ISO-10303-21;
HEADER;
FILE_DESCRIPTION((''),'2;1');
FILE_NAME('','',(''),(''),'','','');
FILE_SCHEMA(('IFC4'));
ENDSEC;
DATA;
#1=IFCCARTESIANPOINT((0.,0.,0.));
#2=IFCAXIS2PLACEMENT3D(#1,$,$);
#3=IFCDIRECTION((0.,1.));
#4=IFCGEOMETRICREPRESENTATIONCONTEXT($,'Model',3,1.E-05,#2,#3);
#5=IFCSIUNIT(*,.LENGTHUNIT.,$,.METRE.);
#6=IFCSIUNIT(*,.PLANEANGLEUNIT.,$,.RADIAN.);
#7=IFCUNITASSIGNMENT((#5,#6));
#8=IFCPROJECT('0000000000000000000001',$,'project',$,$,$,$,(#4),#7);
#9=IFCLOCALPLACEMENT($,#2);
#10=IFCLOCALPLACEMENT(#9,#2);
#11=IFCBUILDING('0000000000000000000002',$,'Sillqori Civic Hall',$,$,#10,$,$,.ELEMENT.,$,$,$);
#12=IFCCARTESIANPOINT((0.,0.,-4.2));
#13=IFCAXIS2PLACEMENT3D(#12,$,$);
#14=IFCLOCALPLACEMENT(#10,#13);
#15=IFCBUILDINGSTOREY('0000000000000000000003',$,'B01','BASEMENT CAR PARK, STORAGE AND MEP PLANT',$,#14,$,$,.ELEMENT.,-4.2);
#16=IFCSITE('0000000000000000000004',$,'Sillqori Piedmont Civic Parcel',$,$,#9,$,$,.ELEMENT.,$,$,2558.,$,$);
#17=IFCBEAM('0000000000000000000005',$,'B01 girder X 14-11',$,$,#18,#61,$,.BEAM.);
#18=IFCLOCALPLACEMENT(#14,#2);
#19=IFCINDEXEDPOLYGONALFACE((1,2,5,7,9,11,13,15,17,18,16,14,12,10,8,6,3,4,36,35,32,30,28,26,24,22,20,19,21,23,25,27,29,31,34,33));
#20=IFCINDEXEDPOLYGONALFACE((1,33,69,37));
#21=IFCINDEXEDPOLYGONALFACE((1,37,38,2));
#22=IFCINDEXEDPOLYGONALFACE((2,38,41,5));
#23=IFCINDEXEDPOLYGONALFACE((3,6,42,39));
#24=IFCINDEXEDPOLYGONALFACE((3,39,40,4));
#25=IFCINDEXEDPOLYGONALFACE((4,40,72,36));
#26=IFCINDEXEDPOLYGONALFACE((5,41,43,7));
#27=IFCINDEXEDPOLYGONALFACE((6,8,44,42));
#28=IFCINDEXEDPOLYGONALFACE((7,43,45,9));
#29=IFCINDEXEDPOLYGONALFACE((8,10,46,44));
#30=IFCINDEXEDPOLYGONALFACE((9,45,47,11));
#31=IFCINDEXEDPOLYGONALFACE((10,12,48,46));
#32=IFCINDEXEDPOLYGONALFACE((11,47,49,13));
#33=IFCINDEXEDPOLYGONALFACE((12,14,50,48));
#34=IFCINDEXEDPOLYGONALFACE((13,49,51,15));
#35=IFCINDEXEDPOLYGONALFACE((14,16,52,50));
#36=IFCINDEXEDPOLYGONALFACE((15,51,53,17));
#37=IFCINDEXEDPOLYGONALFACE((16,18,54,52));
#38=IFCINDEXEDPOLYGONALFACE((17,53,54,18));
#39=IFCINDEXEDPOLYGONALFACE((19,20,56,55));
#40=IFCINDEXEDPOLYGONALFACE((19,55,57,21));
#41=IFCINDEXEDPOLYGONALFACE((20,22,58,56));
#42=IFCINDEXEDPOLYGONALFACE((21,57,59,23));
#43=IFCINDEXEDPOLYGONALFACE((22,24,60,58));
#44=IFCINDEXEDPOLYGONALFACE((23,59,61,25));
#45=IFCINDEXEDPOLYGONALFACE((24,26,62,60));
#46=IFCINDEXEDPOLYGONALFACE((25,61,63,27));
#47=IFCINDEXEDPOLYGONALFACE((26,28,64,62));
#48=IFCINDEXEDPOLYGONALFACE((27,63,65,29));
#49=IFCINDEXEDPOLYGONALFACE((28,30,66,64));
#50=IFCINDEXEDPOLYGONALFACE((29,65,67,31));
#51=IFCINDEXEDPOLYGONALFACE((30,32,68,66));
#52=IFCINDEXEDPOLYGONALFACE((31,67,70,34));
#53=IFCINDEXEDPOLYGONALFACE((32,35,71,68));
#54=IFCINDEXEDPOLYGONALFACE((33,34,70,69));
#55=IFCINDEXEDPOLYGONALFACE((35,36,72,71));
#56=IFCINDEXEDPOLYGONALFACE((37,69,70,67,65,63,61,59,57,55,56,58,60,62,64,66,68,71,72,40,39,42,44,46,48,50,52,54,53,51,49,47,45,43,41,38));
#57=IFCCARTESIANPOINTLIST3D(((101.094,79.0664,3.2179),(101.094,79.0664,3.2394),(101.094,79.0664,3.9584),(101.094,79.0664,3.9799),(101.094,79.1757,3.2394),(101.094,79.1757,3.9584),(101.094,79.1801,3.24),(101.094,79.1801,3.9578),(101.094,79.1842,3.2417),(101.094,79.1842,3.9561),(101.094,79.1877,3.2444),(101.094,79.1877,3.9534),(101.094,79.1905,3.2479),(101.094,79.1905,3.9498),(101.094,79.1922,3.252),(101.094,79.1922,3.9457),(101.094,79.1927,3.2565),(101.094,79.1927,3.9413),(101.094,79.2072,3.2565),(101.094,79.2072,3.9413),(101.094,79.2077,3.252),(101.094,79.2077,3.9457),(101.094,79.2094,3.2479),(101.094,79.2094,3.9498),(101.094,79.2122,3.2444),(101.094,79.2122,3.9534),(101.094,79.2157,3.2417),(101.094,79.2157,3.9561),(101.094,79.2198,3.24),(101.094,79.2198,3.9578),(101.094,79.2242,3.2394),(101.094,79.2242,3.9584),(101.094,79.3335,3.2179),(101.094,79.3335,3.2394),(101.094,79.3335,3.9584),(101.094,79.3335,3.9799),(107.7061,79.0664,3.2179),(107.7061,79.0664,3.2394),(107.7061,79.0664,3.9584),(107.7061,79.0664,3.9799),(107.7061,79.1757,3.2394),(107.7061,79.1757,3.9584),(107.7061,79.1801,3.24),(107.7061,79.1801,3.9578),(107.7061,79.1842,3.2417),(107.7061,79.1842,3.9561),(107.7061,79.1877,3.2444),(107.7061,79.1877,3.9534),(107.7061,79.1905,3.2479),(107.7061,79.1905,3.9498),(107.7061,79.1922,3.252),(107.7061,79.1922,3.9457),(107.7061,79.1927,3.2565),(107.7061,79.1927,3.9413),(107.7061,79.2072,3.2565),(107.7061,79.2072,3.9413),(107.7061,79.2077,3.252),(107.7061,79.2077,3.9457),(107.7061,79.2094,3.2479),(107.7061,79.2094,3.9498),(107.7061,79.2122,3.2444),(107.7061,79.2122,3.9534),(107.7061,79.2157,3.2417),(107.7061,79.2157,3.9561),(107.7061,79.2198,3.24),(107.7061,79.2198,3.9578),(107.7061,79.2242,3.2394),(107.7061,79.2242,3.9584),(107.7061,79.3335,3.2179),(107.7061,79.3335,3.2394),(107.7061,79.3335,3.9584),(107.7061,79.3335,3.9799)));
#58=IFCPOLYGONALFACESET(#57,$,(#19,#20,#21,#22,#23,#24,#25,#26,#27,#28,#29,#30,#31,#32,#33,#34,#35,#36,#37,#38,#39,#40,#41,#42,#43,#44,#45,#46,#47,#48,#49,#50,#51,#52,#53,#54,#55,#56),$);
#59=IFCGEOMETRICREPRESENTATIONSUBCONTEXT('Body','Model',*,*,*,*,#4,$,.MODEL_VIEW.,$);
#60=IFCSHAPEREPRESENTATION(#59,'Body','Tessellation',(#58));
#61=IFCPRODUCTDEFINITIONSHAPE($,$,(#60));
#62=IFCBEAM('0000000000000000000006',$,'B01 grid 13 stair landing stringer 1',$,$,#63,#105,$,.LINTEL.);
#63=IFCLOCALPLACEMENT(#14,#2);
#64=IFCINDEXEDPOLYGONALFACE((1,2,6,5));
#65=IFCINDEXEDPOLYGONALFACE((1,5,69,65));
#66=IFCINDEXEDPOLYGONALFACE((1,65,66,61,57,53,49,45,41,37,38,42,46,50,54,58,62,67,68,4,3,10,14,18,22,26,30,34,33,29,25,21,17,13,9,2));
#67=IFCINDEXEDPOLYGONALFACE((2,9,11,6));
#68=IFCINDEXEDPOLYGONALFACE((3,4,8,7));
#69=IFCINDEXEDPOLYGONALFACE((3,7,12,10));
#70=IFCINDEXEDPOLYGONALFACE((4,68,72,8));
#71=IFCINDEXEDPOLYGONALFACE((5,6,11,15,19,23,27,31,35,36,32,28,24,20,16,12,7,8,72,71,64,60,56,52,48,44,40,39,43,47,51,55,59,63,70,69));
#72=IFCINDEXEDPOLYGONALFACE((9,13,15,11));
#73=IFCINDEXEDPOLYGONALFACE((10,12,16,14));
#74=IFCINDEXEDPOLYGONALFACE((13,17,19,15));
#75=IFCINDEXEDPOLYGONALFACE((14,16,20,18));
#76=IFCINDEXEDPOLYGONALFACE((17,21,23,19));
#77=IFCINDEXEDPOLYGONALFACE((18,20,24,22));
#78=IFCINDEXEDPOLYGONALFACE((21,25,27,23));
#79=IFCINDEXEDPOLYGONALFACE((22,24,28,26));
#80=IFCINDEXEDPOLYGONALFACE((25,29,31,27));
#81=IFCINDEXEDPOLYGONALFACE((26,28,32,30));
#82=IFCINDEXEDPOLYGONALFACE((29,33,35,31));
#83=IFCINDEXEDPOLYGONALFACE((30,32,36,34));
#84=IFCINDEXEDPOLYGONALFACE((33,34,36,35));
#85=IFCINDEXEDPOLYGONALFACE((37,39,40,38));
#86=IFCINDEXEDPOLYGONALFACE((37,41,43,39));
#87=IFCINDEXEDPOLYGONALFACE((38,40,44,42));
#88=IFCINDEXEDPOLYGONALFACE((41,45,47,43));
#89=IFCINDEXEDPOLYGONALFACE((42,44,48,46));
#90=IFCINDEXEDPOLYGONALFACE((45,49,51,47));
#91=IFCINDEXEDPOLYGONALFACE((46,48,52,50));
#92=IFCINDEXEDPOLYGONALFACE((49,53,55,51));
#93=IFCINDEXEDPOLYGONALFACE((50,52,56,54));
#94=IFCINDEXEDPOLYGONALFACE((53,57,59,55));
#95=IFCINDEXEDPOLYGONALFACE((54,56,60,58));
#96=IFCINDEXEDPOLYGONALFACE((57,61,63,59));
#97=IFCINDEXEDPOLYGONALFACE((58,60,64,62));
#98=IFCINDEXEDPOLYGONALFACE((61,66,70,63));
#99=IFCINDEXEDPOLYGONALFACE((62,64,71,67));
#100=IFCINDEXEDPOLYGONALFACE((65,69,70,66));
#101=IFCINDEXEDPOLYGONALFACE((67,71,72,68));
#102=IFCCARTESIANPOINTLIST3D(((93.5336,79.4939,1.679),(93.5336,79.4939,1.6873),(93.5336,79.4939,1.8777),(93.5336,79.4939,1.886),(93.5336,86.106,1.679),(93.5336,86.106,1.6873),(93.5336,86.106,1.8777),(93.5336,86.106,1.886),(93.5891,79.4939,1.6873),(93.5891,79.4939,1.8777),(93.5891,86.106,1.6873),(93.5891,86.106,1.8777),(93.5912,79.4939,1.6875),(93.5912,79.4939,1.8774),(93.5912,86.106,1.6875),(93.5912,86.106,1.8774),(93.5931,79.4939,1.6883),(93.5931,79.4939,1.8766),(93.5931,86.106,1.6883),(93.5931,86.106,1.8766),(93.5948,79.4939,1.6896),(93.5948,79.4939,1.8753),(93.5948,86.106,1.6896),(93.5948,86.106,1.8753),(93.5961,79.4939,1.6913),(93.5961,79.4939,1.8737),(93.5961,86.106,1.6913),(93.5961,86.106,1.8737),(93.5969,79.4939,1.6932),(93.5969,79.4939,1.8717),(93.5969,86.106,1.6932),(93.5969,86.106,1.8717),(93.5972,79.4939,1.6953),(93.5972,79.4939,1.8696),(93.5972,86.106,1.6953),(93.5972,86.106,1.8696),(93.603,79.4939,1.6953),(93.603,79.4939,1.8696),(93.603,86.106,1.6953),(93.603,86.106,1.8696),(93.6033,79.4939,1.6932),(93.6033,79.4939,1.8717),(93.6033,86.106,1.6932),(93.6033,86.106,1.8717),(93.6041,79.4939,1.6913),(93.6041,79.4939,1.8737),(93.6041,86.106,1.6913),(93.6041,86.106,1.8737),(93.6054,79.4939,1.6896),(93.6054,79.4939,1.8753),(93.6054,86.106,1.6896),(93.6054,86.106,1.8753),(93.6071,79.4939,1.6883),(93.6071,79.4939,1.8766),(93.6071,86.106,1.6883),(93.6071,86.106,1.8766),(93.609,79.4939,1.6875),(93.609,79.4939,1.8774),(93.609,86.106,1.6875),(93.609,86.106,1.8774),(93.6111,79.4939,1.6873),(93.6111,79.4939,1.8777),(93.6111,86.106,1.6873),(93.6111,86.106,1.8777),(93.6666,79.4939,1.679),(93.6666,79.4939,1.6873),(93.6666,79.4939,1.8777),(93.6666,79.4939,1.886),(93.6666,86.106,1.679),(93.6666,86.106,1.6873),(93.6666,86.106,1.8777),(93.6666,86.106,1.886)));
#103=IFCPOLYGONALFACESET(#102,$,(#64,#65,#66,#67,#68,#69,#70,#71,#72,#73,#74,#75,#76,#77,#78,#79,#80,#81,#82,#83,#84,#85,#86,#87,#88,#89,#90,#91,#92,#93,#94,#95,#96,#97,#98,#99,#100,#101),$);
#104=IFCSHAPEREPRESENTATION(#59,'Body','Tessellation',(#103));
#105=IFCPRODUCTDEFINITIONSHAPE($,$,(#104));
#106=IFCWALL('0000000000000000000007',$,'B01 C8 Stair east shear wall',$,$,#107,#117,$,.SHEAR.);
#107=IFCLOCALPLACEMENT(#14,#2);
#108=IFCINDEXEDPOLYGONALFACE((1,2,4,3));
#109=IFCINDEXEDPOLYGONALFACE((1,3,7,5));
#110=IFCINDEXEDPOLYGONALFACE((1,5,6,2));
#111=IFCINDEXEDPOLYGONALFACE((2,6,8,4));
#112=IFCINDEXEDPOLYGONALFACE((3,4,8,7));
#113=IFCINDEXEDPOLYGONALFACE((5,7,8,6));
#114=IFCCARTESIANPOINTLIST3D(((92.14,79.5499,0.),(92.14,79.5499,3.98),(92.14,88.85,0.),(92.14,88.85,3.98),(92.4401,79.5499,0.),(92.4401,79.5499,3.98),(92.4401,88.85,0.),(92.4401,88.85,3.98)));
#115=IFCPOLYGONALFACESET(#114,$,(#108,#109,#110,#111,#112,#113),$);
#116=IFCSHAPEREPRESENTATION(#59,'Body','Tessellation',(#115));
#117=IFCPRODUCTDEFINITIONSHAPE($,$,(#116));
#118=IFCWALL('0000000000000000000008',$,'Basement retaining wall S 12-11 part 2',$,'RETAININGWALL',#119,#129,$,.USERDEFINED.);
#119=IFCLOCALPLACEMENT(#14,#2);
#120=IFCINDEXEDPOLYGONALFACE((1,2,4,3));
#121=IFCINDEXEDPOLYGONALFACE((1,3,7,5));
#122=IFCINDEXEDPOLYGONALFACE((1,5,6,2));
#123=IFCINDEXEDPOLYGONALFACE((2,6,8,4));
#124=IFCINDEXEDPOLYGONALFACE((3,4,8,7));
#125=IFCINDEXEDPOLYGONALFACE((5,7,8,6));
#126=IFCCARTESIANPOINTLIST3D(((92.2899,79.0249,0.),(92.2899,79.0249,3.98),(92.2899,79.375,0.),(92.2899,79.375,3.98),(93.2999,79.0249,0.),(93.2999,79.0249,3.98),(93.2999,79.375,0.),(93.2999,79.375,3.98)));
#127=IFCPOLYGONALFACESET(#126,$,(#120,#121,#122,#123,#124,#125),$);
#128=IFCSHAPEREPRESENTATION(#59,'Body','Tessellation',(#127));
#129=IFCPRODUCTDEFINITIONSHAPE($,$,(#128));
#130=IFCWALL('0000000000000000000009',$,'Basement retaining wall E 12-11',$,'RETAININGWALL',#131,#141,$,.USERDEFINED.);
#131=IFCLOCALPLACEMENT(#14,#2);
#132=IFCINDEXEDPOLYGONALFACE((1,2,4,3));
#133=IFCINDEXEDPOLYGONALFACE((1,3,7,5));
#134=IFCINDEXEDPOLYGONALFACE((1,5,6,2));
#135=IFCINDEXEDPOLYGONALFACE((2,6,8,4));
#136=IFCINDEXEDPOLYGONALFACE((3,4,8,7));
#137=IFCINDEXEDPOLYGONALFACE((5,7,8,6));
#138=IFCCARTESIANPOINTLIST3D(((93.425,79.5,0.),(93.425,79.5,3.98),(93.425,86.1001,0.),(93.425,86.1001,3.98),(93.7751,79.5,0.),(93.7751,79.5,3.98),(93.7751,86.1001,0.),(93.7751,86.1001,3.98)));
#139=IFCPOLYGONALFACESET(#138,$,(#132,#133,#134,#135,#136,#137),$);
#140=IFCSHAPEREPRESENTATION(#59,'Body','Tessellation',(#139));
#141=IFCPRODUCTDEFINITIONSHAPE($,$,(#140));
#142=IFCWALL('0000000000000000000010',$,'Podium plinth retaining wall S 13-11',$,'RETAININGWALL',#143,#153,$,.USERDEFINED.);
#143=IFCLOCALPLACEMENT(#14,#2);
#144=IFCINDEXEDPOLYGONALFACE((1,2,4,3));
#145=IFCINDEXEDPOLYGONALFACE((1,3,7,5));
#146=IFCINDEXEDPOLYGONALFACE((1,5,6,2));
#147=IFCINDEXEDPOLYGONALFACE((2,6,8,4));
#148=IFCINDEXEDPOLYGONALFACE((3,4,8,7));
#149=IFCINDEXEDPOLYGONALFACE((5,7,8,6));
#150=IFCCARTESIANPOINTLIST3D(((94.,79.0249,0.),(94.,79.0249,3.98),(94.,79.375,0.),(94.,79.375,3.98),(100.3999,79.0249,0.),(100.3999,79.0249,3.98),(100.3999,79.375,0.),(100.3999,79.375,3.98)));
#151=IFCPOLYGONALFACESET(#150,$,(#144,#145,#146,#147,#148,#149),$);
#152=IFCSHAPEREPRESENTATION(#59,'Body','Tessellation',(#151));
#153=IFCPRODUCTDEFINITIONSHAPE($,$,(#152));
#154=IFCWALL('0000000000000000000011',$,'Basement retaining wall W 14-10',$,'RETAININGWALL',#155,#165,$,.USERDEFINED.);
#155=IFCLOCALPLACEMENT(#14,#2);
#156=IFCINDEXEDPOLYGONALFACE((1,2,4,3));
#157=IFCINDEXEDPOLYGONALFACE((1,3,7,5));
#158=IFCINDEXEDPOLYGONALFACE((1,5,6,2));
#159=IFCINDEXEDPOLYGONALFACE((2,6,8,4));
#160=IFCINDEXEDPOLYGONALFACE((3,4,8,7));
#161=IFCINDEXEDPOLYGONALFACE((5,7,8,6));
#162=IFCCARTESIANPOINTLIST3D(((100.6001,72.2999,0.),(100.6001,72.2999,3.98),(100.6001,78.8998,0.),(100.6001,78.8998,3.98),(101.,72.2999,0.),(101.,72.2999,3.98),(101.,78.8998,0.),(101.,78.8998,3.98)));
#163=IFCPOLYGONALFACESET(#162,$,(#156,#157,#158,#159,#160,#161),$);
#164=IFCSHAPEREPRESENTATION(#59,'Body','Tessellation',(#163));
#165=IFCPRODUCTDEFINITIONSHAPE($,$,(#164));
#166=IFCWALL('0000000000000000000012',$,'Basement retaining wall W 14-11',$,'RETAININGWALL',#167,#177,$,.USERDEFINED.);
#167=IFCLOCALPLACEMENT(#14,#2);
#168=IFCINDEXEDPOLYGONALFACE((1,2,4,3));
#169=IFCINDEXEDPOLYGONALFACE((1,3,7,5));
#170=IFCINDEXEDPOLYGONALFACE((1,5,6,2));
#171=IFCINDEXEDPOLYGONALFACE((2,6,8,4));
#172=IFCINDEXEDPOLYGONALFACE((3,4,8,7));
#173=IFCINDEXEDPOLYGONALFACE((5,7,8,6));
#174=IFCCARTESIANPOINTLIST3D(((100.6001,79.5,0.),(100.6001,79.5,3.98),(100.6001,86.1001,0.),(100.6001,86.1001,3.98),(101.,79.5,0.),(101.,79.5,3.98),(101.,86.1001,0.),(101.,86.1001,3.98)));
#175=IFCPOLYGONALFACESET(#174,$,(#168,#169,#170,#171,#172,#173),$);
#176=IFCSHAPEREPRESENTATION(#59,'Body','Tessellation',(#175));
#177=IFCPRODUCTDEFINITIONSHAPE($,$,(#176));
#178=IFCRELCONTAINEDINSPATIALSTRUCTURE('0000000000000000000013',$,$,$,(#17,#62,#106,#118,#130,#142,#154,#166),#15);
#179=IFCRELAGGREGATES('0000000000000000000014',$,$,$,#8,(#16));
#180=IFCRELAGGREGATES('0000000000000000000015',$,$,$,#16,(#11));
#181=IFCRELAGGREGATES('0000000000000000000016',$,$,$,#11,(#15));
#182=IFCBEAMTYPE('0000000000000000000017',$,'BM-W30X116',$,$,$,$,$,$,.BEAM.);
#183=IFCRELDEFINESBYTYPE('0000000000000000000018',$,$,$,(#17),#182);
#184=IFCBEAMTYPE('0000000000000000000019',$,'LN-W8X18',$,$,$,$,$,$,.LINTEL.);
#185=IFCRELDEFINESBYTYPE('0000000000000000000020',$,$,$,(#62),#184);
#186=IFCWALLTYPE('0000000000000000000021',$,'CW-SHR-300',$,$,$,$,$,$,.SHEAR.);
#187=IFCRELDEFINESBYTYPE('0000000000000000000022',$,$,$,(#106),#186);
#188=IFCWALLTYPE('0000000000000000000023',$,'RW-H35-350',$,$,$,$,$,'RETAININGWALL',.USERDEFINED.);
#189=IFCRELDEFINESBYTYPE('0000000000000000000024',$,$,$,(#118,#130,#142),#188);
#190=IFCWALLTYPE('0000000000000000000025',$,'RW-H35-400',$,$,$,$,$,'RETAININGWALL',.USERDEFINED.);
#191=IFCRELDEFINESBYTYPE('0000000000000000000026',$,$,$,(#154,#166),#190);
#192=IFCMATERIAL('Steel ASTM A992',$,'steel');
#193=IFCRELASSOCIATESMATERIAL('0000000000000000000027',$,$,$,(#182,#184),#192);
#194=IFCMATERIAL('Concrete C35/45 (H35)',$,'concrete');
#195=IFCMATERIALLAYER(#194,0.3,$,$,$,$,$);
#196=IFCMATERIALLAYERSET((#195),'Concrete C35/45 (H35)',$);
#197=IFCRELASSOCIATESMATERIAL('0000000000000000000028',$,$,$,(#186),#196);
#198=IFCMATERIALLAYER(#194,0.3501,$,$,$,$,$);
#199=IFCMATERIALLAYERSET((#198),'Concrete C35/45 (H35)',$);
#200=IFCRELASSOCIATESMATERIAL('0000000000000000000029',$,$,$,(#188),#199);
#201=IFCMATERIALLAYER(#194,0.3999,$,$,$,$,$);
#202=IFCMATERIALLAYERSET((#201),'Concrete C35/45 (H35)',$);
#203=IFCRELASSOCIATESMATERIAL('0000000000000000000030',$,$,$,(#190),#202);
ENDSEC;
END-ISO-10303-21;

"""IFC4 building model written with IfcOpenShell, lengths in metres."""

from ifc_helpers import new_model, si_unit, direction, frame, frame_2d, origin, origin_2d, place, context, subcontext, project, spatial, rectangle, i_section, extrude, material, layer, layer_set, material_profile, profile_set, type_object, element, save


model = new_model("IFC4")

# Units and contexts
model_context = context("Model", 3, precision=1e-05, world=origin(), true_north=direction((0.0, 1.0)))
body_context = subcontext(model_context, "Body", "Model", "MODEL_VIEW")
ifc_project = project(units=[si_unit("LENGTHUNIT", "METRE"), si_unit("PLANEANGLEUNIT", "RADIAN")], contexts=[model_context])

# Site, building, storey
site_placement = place(None, origin())
site = spatial("IfcSite", under=ifc_project, at=site_placement, Name="Sillqori Piedmont Civic Parcel", CompositionType="ELEMENT", RefElevation=2558.0)
building_placement = place(site_placement, origin())
building = spatial("IfcBuilding", under=site, at=building_placement, Name="Sillqori Civic Hall", CompositionType="ELEMENT")
storey_placement = place(building_placement, frame((0.0, 0.0, -4.2)))
storey = spatial("IfcBuildingStorey", under=building, at=storey_placement, Name="B01", Description="BASEMENT CAR PARK, STORAGE AND MEP PLANT", CompositionType="ELEMENT", Elevation=-4.2)

# Shared definitions
ifc_material_1 = material(Name="Concrete C35/45 (H35)", Category="concrete")

# Beams
ifc_material_2 = material(Name="Steel ASTM A992", Category="steel")
ifc_material_profile_1 = material_profile(ifc_material_2, i_section(OverallWidth=0.2671, OverallDepth=0.762, WebThickness=0.0144, FlangeThickness=0.0215, FilletRadius=0.0171, at=origin_2d()), Name="W30X116")
ifc_profile_set_1 = profile_set([ifc_material_profile_1], Name="Steel ASTM A992")
beam_type_1 = type_object("IfcBeamType", Name="BM-W30X116", PredefinedType="BEAM", material=ifc_profile_set_1)
beam_1_placement = place(storey_placement, frame((101.094, 79.2, 3.5989), z_axis=(1.0, 0.0, 0.0), x_axis=(0.0, 1.0, 0.0)))
element("IfcBeam", 1, at=beam_1_placement, inside=storey, type_object=beam_type_1, Name="B01 girder X 14-11", PredefinedType="BEAM", context=body_context, shape_type="SweptSolid", body=[
    extrude(i_section(OverallWidth=0.2671, OverallDepth=0.762, WebThickness=0.0144, FlangeThickness=0.0215, FilletRadius=0.0171, at=origin_2d()), origin(), (0.0, 0.0, 1.0), 6.6121),
])
ifc_material_profile_2 = material_profile(ifc_material_2, i_section(OverallWidth=0.1331, OverallDepth=0.207, WebThickness=0.0059, FlangeThickness=0.0083, FilletRadius=0.0081, at=origin_2d()), Name="W8X18")
ifc_profile_set_2 = profile_set([ifc_material_profile_2], Name="Steel ASTM A992")
beam_type_2 = type_object("IfcBeamType", Name="LN-W8X18", PredefinedType="LINTEL", material=ifc_profile_set_2)
beam_2_placement = place(storey_placement, frame((93.6001, 79.4939, 1.7825), z_axis=(0.0, 1.0, 0.0), x_axis=(-1.0, 0.0, 0.0)))
element("IfcBeam", 2, at=beam_2_placement, inside=storey, type_object=beam_type_2, Name="B01 grid 13 stair landing stringer 1", PredefinedType="LINTEL", context=body_context, shape_type="SweptSolid", body=[
    extrude(i_section(OverallWidth=0.1331, OverallDepth=0.207, WebThickness=0.0059, FlangeThickness=0.0083, FilletRadius=0.0081, at=origin_2d()), origin(), (0.0, 0.0, 1.0), 6.6121),
])

# Walls
ifc_layer_1 = layer(ifc_material_1, 0.3)
ifc_layer_set_1 = layer_set([ifc_layer_1], Name="Concrete C35/45 (H35)")
wall_type_1 = type_object("IfcWallType", Name="CW-SHR-300", PredefinedType="SHEAR", material=ifc_layer_set_1)
wall_1_placement = place(storey_placement, frame((92.29, 79.55, 0.0), z_axis=(0.0, 0.0, 1.0), x_axis=(0.0, 1.0, 0.0)))
element("IfcWall", 3, at=wall_1_placement, inside=storey, type_object=wall_type_1, Name="B01 C8 Stair east shear wall", PredefinedType="SHEAR", context=body_context, shape_type="SweptSolid", body=[
    extrude(rectangle(XDim=9.3, YDim=0.3, at=frame_2d((4.6499, 0.0))), origin(), (0.0, 0.0, 1.0), 3.98),
])
ifc_layer_2 = layer(ifc_material_1, 0.3501)
ifc_layer_set_2 = layer_set([ifc_layer_2], Name="Concrete C35/45 (H35)")
wall_type_2 = type_object("IfcWallType", Name="RW-H35-350", ElementType="RETAININGWALL", PredefinedType="USERDEFINED", material=ifc_layer_set_2)
wall_2_placement = place(storey_placement, frame((92.29, 79.2, 0.0), z_axis=(0.0, 0.0, 1.0), x_axis=(1.0, 0.0, 0.0)))
element("IfcWall", 4, at=wall_2_placement, inside=storey, type_object=wall_type_2, Name="Basement retaining wall S 12-11 part 2", ObjectType="RETAININGWALL", PredefinedType="USERDEFINED", context=body_context, shape_type="SweptSolid", body=[
    extrude(rectangle(XDim=1.01, YDim=0.3501, at=frame_2d((0.5049, 0.0))), origin(), (0.0, 0.0, 1.0), 3.98),
])
wall_3_placement = place(storey_placement, frame((93.6001, 79.5, 0.0), z_axis=(0.0, 0.0, 1.0), x_axis=(0.0, 1.0, 0.0)))
element("IfcWall", 5, at=wall_3_placement, inside=storey, type_object=wall_type_2, Name="Basement retaining wall E 12-11", ObjectType="RETAININGWALL", PredefinedType="USERDEFINED", context=body_context, shape_type="SweptSolid", body=[
    extrude(rectangle(XDim=6.6001, YDim=0.3501, at=frame_2d((3.3, 0.0))), origin(), (0.0, 0.0, 1.0), 3.98),
])
wall_4_placement = place(storey_placement, frame((94.0, 79.2, 0.0), z_axis=(0.0, 0.0, 1.0), x_axis=(1.0, 0.0, 0.0)))
element("IfcWall", 6, at=wall_4_placement, inside=storey, type_object=wall_type_2, Name="Podium plinth retaining wall S 13-11", ObjectType="RETAININGWALL", PredefinedType="USERDEFINED", context=body_context, shape_type="SweptSolid", body=[
    extrude(rectangle(XDim=6.3999, YDim=0.3501, at=frame_2d((3.2, 0.0))), origin(), (0.0, 0.0, 1.0), 3.98),
])
ifc_layer_3 = layer(ifc_material_1, 0.3999)
ifc_layer_set_3 = layer_set([ifc_layer_3], Name="Concrete C35/45 (H35)")
wall_type_3 = type_object("IfcWallType", Name="RW-H35-400", ElementType="RETAININGWALL", PredefinedType="USERDEFINED", material=ifc_layer_set_3)
wall_5_placement = place(storey_placement, frame((100.8, 72.3, 0.0), z_axis=(0.0, 0.0, 1.0), x_axis=(0.0, 1.0, 0.0)))
element("IfcWall", 7, at=wall_5_placement, inside=storey, type_object=wall_type_3, Name="Basement retaining wall W 14-10", ObjectType="RETAININGWALL", PredefinedType="USERDEFINED", context=body_context, shape_type="SweptSolid", body=[
    extrude(rectangle(XDim=6.5999, YDim=0.3999, at=frame_2d((3.2998, 0.0))), origin(), (0.0, 0.0, 1.0), 3.98),
])
wall_6_placement = place(storey_placement, frame((100.8, 79.5, 0.0), z_axis=(0.0, 0.0, 1.0), x_axis=(0.0, 1.0, 0.0)))
element("IfcWall", 8, at=wall_6_placement, inside=storey, type_object=wall_type_3, Name="Basement retaining wall W 14-11", ObjectType="RETAININGWALL", PredefinedType="USERDEFINED", context=body_context, shape_type="SweptSolid", body=[
    extrude(rectangle(XDim=6.6001, YDim=0.3999, at=frame_2d((3.3, 0.0))), origin(), (0.0, 0.0, 1.0), 3.98),
])

save(model, "model.ifc")
